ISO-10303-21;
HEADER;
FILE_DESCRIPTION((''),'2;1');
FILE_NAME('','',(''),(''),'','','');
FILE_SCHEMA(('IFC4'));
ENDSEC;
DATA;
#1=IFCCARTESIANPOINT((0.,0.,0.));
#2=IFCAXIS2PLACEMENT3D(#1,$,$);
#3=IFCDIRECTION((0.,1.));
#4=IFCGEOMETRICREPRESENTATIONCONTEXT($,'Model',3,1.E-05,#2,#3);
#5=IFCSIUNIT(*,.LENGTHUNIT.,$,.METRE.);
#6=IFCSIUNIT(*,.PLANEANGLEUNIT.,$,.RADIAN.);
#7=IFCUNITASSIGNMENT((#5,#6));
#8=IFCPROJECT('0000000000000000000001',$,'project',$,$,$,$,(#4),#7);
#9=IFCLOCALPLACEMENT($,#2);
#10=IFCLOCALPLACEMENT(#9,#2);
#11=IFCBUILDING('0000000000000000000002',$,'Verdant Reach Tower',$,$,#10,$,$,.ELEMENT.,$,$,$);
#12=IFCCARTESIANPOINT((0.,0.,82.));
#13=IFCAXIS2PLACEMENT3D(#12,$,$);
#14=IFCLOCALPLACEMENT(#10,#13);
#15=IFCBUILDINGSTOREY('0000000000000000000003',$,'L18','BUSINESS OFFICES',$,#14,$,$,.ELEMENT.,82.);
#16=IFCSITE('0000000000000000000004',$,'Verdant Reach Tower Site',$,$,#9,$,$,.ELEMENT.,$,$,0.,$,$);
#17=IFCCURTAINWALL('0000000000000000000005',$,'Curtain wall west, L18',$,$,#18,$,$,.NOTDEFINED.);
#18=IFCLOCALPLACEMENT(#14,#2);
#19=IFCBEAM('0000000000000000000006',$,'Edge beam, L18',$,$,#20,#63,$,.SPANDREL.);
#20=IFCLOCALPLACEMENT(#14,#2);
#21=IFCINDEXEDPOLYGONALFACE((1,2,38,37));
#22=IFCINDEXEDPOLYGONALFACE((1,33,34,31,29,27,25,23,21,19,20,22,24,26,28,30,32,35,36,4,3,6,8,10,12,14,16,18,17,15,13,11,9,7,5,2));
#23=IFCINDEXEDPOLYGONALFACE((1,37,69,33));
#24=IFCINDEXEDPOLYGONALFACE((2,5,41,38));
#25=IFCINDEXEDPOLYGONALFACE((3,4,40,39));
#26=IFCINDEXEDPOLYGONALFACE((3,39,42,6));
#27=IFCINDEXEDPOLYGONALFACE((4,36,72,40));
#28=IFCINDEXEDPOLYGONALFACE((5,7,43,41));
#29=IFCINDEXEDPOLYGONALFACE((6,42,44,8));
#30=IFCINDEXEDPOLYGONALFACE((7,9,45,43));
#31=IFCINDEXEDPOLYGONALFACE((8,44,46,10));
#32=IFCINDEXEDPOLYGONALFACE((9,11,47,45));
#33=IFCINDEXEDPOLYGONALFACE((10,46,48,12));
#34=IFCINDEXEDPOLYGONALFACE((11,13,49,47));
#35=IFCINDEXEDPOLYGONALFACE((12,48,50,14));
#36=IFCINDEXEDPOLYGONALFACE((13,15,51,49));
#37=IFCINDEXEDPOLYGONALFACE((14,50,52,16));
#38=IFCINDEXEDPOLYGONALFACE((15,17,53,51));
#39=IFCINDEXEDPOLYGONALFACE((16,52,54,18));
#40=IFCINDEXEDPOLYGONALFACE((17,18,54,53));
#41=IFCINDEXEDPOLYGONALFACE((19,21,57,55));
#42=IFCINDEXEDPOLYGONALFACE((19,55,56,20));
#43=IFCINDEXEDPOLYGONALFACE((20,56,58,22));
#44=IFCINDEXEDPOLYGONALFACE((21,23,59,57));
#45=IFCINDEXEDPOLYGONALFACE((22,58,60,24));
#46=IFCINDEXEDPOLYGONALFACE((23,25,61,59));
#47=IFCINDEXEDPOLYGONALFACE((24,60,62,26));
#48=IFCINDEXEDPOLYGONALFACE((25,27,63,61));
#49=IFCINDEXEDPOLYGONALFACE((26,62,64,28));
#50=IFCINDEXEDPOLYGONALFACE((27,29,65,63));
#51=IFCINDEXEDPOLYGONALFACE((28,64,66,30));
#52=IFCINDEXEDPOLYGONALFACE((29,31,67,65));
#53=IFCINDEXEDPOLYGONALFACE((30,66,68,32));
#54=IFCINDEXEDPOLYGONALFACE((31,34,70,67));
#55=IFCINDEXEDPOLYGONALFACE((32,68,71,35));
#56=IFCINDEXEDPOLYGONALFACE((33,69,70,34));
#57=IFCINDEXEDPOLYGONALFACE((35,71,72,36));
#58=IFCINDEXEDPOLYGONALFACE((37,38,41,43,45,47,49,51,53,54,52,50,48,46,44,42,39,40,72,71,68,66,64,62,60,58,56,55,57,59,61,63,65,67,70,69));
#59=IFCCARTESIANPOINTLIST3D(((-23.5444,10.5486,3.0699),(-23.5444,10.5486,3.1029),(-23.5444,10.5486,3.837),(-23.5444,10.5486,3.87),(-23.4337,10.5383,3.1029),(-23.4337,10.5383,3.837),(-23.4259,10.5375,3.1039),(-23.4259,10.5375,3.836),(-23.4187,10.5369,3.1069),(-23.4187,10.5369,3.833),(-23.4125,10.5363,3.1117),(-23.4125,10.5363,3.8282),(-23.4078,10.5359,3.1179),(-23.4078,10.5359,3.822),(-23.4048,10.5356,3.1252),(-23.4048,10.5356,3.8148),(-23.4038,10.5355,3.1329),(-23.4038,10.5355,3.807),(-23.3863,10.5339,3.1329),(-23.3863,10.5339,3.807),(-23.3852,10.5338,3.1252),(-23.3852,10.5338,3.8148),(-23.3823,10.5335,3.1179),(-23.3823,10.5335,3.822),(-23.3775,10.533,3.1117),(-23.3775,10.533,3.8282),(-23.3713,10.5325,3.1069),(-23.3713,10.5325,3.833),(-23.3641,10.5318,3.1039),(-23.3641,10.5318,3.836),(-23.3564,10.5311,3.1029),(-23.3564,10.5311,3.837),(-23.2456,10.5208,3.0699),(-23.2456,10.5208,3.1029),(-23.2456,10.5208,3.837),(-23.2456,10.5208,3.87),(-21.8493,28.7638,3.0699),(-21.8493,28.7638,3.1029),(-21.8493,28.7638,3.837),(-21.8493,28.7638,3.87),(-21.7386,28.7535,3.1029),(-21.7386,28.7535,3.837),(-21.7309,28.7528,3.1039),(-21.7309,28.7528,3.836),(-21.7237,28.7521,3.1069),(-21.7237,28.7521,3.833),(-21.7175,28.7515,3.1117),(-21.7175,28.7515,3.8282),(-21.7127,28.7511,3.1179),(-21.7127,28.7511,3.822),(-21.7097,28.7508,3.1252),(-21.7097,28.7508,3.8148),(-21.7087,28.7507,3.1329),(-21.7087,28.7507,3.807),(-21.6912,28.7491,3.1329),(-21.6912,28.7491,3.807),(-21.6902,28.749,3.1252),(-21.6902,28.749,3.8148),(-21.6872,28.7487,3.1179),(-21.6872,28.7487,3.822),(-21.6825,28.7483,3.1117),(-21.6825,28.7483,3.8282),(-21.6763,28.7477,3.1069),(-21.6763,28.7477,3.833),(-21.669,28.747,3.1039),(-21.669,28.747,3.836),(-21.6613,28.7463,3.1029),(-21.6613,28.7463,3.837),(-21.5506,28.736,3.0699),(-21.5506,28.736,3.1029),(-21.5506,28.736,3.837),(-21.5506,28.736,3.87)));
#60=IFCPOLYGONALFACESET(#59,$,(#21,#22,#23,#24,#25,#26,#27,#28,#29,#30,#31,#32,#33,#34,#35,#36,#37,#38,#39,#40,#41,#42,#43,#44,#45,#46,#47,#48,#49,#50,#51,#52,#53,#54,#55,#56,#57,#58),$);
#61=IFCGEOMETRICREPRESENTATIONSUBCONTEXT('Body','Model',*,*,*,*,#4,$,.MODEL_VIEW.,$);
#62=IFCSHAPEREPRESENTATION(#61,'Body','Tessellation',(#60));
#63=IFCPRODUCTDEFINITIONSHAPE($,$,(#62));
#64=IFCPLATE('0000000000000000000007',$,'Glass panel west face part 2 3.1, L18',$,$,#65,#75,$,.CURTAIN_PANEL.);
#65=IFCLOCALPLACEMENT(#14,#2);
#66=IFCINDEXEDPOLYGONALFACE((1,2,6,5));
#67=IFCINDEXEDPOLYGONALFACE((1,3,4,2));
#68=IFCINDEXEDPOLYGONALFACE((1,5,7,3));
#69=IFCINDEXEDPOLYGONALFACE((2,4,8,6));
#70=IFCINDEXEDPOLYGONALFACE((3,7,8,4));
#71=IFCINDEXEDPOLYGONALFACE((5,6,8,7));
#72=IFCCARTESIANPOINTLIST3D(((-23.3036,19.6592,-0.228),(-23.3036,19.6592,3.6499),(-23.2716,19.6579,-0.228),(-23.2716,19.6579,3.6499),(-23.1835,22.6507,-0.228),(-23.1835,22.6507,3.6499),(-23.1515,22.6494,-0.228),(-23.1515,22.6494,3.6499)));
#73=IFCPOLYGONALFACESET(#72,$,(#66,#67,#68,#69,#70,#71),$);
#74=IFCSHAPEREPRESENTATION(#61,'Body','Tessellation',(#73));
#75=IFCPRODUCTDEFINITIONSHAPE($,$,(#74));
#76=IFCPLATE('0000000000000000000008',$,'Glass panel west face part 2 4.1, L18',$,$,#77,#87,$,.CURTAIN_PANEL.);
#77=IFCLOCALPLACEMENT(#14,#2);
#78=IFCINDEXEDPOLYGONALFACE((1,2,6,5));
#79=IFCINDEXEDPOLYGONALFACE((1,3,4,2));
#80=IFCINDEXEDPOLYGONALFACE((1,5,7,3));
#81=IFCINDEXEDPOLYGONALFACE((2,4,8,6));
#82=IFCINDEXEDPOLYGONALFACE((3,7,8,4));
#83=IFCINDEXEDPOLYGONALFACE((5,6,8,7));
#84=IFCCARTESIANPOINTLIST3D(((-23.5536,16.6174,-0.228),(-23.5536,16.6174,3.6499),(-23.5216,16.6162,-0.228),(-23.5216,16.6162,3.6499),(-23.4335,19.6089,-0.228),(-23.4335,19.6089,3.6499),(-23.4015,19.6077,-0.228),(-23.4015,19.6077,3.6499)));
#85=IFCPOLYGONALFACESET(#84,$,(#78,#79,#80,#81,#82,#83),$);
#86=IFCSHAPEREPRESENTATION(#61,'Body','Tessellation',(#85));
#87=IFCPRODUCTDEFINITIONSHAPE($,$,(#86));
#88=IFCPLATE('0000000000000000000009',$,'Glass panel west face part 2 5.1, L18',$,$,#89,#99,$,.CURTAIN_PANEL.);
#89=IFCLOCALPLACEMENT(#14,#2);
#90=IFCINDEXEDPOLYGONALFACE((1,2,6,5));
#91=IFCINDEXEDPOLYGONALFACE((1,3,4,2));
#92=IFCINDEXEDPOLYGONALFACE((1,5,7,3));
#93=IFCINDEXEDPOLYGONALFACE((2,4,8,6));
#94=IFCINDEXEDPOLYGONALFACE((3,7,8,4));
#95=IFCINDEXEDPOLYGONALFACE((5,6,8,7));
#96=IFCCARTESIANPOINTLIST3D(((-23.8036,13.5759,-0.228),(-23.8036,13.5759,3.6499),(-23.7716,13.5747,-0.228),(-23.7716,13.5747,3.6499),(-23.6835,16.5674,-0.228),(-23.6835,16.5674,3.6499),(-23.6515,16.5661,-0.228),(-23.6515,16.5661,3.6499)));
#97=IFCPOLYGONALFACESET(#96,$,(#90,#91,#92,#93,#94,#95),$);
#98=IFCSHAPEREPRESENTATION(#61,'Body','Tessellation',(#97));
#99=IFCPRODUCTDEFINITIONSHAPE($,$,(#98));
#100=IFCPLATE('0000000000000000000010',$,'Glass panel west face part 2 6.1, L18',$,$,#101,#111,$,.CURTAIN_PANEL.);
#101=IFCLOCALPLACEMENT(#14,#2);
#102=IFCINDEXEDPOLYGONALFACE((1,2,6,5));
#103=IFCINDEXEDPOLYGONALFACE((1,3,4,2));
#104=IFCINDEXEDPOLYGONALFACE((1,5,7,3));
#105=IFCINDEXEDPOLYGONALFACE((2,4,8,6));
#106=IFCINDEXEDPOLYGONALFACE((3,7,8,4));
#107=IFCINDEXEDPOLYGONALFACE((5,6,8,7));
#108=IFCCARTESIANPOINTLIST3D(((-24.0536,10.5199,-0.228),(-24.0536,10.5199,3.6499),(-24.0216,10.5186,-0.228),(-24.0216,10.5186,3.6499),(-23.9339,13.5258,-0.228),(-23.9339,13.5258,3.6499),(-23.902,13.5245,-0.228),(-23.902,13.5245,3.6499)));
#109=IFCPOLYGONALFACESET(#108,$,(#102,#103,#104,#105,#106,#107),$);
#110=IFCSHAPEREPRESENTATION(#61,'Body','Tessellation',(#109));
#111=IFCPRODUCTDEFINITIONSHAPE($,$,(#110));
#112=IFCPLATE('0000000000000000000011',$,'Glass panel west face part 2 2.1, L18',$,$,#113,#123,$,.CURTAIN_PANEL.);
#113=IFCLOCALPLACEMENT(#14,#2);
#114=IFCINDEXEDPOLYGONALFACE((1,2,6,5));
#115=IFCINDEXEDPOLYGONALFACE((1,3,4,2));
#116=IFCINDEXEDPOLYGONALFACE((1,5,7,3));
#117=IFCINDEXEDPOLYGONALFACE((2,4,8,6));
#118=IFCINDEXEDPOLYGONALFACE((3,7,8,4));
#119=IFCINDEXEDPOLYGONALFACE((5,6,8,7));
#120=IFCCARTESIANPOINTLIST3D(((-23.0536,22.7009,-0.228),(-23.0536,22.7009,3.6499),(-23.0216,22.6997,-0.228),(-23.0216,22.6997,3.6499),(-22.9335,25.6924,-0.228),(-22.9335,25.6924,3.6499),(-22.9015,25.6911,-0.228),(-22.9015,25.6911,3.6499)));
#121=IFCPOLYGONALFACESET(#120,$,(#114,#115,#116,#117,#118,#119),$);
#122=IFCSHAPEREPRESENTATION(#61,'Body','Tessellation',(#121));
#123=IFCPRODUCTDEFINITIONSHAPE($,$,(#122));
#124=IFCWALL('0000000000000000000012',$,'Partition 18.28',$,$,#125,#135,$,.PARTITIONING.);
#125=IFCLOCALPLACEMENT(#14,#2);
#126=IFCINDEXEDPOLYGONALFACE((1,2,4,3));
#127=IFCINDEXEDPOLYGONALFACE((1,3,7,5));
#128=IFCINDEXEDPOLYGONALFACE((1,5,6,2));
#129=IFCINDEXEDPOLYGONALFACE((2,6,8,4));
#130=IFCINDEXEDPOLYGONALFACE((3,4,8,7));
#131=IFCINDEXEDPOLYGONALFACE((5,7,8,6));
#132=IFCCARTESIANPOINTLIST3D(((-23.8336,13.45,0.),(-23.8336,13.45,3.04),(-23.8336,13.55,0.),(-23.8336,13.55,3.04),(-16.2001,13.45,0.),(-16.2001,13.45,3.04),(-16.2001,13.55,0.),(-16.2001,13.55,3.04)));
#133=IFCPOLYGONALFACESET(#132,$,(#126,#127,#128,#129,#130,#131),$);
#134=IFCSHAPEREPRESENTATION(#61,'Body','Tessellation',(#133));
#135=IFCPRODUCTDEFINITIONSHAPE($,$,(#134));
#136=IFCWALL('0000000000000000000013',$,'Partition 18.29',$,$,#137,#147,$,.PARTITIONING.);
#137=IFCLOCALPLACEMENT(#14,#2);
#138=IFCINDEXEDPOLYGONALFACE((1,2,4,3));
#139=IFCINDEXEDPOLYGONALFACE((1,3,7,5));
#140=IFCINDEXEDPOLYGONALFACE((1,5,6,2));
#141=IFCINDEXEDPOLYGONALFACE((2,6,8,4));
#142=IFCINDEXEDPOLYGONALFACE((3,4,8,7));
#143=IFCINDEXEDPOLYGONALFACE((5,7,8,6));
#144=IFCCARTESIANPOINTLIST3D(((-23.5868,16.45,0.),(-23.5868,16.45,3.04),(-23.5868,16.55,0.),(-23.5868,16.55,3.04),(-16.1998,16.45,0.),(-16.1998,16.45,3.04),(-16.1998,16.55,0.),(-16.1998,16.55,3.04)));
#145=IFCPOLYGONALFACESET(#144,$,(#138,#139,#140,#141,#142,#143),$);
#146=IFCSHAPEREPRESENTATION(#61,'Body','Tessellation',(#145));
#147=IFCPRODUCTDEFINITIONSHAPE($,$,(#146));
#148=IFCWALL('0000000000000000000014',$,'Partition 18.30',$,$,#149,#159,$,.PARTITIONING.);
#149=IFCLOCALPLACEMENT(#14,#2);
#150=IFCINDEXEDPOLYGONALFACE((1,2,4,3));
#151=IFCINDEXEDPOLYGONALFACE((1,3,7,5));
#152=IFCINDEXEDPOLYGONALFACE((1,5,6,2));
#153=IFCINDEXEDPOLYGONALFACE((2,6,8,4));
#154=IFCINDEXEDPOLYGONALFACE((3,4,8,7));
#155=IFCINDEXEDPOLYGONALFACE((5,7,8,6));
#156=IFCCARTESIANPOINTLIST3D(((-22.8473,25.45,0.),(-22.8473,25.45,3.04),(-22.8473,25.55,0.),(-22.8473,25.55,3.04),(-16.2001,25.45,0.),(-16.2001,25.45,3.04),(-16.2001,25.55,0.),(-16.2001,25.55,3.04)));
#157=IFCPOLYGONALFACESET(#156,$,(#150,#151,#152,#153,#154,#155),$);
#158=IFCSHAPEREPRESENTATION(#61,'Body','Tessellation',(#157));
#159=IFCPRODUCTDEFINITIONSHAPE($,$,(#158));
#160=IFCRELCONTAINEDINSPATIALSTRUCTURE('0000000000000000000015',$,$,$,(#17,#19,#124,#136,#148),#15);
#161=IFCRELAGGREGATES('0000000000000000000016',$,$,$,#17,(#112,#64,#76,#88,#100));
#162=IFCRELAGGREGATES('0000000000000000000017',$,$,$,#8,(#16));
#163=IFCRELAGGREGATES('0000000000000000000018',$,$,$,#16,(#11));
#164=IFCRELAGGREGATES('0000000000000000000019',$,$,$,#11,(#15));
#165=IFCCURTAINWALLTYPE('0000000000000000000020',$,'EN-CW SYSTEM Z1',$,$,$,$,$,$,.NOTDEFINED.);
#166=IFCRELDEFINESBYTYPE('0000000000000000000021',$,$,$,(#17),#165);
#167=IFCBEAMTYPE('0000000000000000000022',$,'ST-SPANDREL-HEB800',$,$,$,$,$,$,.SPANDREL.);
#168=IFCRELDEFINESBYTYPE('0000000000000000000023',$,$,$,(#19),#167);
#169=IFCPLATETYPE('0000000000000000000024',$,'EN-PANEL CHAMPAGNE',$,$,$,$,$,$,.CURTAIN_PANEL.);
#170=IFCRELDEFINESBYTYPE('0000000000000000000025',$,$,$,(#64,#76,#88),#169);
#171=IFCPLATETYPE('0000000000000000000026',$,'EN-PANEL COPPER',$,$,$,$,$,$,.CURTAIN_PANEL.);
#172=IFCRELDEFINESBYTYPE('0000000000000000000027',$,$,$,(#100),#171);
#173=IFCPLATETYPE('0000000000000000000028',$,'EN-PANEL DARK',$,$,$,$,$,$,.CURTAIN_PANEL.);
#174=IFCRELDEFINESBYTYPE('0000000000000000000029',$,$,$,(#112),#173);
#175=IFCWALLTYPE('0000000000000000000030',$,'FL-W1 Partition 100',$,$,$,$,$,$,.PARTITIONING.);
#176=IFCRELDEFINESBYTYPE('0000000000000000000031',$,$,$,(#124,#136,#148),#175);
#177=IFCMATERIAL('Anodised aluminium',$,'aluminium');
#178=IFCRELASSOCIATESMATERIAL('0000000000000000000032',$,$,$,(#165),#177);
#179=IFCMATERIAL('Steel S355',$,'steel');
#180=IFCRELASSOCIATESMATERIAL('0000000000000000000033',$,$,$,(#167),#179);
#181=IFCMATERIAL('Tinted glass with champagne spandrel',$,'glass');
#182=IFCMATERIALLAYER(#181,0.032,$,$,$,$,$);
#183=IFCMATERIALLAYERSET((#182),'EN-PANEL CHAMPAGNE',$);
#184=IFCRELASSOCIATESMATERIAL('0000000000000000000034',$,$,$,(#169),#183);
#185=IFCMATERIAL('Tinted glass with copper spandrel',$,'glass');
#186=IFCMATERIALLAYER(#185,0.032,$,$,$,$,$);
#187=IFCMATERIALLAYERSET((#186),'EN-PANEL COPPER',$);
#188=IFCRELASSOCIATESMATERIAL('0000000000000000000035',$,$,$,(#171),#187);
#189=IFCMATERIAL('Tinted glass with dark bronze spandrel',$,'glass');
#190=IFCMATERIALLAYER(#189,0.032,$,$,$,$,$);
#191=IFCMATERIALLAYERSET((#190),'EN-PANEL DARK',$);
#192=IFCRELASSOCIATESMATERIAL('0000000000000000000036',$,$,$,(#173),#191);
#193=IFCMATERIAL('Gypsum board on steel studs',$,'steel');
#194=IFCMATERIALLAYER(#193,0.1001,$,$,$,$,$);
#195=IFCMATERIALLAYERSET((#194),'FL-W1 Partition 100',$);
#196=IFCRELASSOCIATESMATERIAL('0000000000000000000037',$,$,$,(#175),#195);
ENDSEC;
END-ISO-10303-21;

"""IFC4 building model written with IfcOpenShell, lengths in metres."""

from ifc_helpers import new_model, si_unit, direction, frame, frame_2d, origin, origin_2d, place, context, subcontext, project, spatial, rectangle, i_section, extrude, material, layer, layer_set, material_profile, profile_set, type_object, element, aggregate, save


model = new_model("IFC4")

# Units and contexts
model_context = context("Model", 3, precision=1e-05, world=origin(), true_north=direction((0.0, 1.0)))
body_context = subcontext(model_context, "Body", "Model", "MODEL_VIEW")
ifc_project = project(units=[si_unit("LENGTHUNIT", "METRE"), si_unit("PLANEANGLEUNIT", "RADIAN")], contexts=[model_context])

# Site, building, storey
site_placement = place(None, origin())
site = spatial("IfcSite", under=ifc_project, at=site_placement, Name="Verdant Reach Tower Site", CompositionType="ELEMENT", RefElevation=0.0)
building_placement = place(site_placement, origin())
building = spatial("IfcBuilding", under=site, at=building_placement, Name="Verdant Reach Tower", CompositionType="ELEMENT")
storey_placement = place(building_placement, frame((0.0, 0.0, 82.0)))
storey = spatial("IfcBuildingStorey", under=building, at=storey_placement, Name="L18", Description="BUSINESS OFFICES", CompositionType="ELEMENT", Elevation=82.0)

# Curtain wall
ifc_material_1 = material(Name="Anodised aluminium", Category="aluminium")
curtain_wall_type = type_object("IfcCurtainWallType", Name="EN-CW SYSTEM Z1", PredefinedType="NOTDEFINED", material=ifc_material_1)
curtain_wall_placement = place(storey_placement, origin())
curtain_wall = element("IfcCurtainWall", 1, at=curtain_wall_placement, inside=storey, type_object=curtain_wall_type, Name="Curtain wall west, L18", PredefinedType="NOTDEFINED")

# Beam
ifc_material_2 = material(Name="Steel S355", Category="steel")
ifc_material_profile_1 = material_profile(ifc_material_2, i_section(OverallWidth=0.3, OverallDepth=0.8, WebThickness=0.0176, FlangeThickness=0.033, FilletRadius=0.03, at=origin_2d()), Name="HEB 800")
ifc_profile_set_1 = profile_set([ifc_material_profile_1], Name="Steel S355")
beam_type_1 = type_object("IfcBeamType", Name="ST-SPANDREL-HEB800", PredefinedType="SPANDREL", material=ifc_profile_set_1)
beam_1_placement = place(storey_placement, frame((-23.395, 10.5347, 3.47), z_axis=(0.092657, 0.995698, 0.0), x_axis=(-0.995698, 0.092657, 0.0)))
element("IfcBeam", 2, at=beam_1_placement, inside=storey, type_object=beam_type_1, Name="Edge beam, L18", PredefinedType="SPANDREL", context=body_context, shape_type="SweptSolid", body=[
    extrude(i_section(OverallWidth=0.3, OverallDepth=0.8, WebThickness=0.0176, FlangeThickness=0.033, FilletRadius=0.03, at=origin_2d()), origin(), (0.0, 0.0, 1.0), 18.2939),
])

# Plates
ifc_material_3 = material(Name="Tinted glass with champagne spandrel", Category="glass")
ifc_layer_1 = layer(ifc_material_3, 0.032)
ifc_layer_set_1 = layer_set([ifc_layer_1], Name="EN-PANEL CHAMPAGNE")
plate_type_1 = type_object("IfcPlateType", Name="EN-PANEL CHAMPAGNE", PredefinedType="CURTAIN_PANEL", material=ifc_layer_set_1)
plate_1_placement = place(storey_placement, frame((-23.2275, 21.1543, -0.228), z_axis=(0.0, 0.0, 1.0), x_axis=(-0.040109, -0.999195, 0.0)))
plate_1 = element("IfcPlate", 3, at=plate_1_placement, type_object=plate_type_1, Name="Glass panel west face part 2 3.1, L18", PredefinedType="CURTAIN_PANEL", context=body_context, shape_type="SweptSolid", body=[
    extrude(rectangle(XDim=2.9939, YDim=0.032, at=origin_2d()), origin(), (0.0, 0.0, 1.0), 3.8779),
])
plate_2_placement = place(storey_placement, frame((-23.4775, 18.1125, -0.228), z_axis=(0.0, 0.0, 1.0), x_axis=(-0.040109, -0.999195, 0.0)))
plate_2 = element("IfcPlate", 4, at=plate_2_placement, type_object=plate_type_1, Name="Glass panel west face part 2 4.1, L18", PredefinedType="CURTAIN_PANEL", context=body_context, shape_type="SweptSolid", body=[
    extrude(rectangle(XDim=2.9939, YDim=0.032, at=origin_2d()), origin(), (0.0, 0.0, 1.0), 3.8779),
])
plate_3_placement = place(storey_placement, frame((-23.7275, 15.071, -0.228), z_axis=(0.0, 0.0, 1.0), x_axis=(-0.040109, -0.999195, 0.0)))
plate_3 = element("IfcPlate", 5, at=plate_3_placement, type_object=plate_type_1, Name="Glass panel west face part 2 5.1, L18", PredefinedType="CURTAIN_PANEL", context=body_context, shape_type="SweptSolid", body=[
    extrude(rectangle(XDim=2.9939, YDim=0.032, at=origin_2d()), origin(), (0.0, 0.0, 1.0), 3.8779),
])
ifc_material_4 = material(Name="Tinted glass with copper spandrel", Category="glass")
ifc_layer_2 = layer(ifc_material_4, 0.032)
ifc_layer_set_2 = layer_set([ifc_layer_2], Name="EN-PANEL COPPER")
plate_type_2 = type_object("IfcPlateType", Name="EN-PANEL COPPER", PredefinedType="CURTAIN_PANEL", material=ifc_layer_set_2)
plate_4_placement = place(storey_placement, frame((-23.9778, 12.0222, -0.228), z_axis=(0.0, 0.0, 1.0), x_axis=(-0.039784, -0.999208, 0.0)))
plate_4 = element("IfcPlate", 6, at=plate_4_placement, type_object=plate_type_2, Name="Glass panel west face part 2 6.1, L18", PredefinedType="CURTAIN_PANEL", context=body_context, shape_type="SweptSolid", body=[
    extrude(rectangle(XDim=3.0083, YDim=0.032, at=origin_2d()), origin(), (0.0, 0.0, 1.0), 3.8779),
])
ifc_material_5 = material(Name="Tinted glass with dark bronze spandrel", Category="glass")
ifc_layer_3 = layer(ifc_material_5, 0.032)
ifc_layer_set_3 = layer_set([ifc_layer_3], Name="EN-PANEL DARK")
plate_type_3 = type_object("IfcPlateType", Name="EN-PANEL DARK", PredefinedType="CURTAIN_PANEL", material=ifc_layer_set_3)
plate_5_placement = place(storey_placement, frame((-22.9775, 24.196, -0.228), z_axis=(0.0, 0.0, 1.0), x_axis=(-0.040109, -0.999195, 0.0)))
plate_5 = element("IfcPlate", 7, at=plate_5_placement, type_object=plate_type_3, Name="Glass panel west face part 2 2.1, L18", PredefinedType="CURTAIN_PANEL", context=body_context, shape_type="SweptSolid", body=[
    extrude(rectangle(XDim=2.9939, YDim=0.032, at=origin_2d()), origin(), (0.0, 0.0, 1.0), 3.8779),
])
aggregate(curtain_wall, [plate_5, plate_1, plate_2, plate_3, plate_4])

# Walls
ifc_material_6 = material(Name="Gypsum board on steel studs", Category="steel")
ifc_layer_4 = layer(ifc_material_6, 0.1001)
ifc_layer_set_4 = layer_set([ifc_layer_4], Name="FL-W1 Partition 100")
wall_type_1 = type_object("IfcWallType", Name="FL-W1 Partition 100", PredefinedType="PARTITIONING", material=ifc_layer_set_4)
wall_1_placement = place(storey_placement, frame((-16.2, 13.5, 0.0), z_axis=(0.0, 0.0, 1.0), x_axis=(-1.0, 0.0, 0.0)))
element("IfcWall", 8, at=wall_1_placement, inside=storey, type_object=wall_type_1, Name="Partition 18.28", PredefinedType="PARTITIONING", context=body_context, shape_type="SweptSolid", body=[
    extrude(rectangle(XDim=7.6335, YDim=0.1001, at=frame_2d((3.8169, 0.0))), origin(), (0.0, 0.0, 1.0), 3.04),
])
wall_2_placement = place(storey_placement, frame((-16.2, 16.5, 0.0), z_axis=(0.0, 0.0, 1.0), x_axis=(-1.0, 0.0, 0.0)))
element("IfcWall", 9, at=wall_2_placement, inside=storey, type_object=wall_type_1, Name="Partition 18.29", PredefinedType="PARTITIONING", context=body_context, shape_type="SweptSolid", body=[
    extrude(rectangle(XDim=7.387, YDim=0.1001, at=frame_2d((3.6934, 0.0))), origin(), (0.0, 0.0, 1.0), 3.04),
])
wall_3_placement = place(storey_placement, frame((-16.2, 25.5, 0.0), z_axis=(0.0, 0.0, 1.0), x_axis=(-1.0, 0.0, 0.0)))
element("IfcWall", 10, at=wall_3_placement, inside=storey, type_object=wall_type_1, Name="Partition 18.30", PredefinedType="PARTITIONING", context=body_context, shape_type="SweptSolid", body=[
    extrude(rectangle(XDim=6.6472, YDim=0.1001, at=frame_2d((3.3237, 0.0))), origin(), (0.0, 0.0, 1.0), 3.04),
])

save(model, "model.ifc")
